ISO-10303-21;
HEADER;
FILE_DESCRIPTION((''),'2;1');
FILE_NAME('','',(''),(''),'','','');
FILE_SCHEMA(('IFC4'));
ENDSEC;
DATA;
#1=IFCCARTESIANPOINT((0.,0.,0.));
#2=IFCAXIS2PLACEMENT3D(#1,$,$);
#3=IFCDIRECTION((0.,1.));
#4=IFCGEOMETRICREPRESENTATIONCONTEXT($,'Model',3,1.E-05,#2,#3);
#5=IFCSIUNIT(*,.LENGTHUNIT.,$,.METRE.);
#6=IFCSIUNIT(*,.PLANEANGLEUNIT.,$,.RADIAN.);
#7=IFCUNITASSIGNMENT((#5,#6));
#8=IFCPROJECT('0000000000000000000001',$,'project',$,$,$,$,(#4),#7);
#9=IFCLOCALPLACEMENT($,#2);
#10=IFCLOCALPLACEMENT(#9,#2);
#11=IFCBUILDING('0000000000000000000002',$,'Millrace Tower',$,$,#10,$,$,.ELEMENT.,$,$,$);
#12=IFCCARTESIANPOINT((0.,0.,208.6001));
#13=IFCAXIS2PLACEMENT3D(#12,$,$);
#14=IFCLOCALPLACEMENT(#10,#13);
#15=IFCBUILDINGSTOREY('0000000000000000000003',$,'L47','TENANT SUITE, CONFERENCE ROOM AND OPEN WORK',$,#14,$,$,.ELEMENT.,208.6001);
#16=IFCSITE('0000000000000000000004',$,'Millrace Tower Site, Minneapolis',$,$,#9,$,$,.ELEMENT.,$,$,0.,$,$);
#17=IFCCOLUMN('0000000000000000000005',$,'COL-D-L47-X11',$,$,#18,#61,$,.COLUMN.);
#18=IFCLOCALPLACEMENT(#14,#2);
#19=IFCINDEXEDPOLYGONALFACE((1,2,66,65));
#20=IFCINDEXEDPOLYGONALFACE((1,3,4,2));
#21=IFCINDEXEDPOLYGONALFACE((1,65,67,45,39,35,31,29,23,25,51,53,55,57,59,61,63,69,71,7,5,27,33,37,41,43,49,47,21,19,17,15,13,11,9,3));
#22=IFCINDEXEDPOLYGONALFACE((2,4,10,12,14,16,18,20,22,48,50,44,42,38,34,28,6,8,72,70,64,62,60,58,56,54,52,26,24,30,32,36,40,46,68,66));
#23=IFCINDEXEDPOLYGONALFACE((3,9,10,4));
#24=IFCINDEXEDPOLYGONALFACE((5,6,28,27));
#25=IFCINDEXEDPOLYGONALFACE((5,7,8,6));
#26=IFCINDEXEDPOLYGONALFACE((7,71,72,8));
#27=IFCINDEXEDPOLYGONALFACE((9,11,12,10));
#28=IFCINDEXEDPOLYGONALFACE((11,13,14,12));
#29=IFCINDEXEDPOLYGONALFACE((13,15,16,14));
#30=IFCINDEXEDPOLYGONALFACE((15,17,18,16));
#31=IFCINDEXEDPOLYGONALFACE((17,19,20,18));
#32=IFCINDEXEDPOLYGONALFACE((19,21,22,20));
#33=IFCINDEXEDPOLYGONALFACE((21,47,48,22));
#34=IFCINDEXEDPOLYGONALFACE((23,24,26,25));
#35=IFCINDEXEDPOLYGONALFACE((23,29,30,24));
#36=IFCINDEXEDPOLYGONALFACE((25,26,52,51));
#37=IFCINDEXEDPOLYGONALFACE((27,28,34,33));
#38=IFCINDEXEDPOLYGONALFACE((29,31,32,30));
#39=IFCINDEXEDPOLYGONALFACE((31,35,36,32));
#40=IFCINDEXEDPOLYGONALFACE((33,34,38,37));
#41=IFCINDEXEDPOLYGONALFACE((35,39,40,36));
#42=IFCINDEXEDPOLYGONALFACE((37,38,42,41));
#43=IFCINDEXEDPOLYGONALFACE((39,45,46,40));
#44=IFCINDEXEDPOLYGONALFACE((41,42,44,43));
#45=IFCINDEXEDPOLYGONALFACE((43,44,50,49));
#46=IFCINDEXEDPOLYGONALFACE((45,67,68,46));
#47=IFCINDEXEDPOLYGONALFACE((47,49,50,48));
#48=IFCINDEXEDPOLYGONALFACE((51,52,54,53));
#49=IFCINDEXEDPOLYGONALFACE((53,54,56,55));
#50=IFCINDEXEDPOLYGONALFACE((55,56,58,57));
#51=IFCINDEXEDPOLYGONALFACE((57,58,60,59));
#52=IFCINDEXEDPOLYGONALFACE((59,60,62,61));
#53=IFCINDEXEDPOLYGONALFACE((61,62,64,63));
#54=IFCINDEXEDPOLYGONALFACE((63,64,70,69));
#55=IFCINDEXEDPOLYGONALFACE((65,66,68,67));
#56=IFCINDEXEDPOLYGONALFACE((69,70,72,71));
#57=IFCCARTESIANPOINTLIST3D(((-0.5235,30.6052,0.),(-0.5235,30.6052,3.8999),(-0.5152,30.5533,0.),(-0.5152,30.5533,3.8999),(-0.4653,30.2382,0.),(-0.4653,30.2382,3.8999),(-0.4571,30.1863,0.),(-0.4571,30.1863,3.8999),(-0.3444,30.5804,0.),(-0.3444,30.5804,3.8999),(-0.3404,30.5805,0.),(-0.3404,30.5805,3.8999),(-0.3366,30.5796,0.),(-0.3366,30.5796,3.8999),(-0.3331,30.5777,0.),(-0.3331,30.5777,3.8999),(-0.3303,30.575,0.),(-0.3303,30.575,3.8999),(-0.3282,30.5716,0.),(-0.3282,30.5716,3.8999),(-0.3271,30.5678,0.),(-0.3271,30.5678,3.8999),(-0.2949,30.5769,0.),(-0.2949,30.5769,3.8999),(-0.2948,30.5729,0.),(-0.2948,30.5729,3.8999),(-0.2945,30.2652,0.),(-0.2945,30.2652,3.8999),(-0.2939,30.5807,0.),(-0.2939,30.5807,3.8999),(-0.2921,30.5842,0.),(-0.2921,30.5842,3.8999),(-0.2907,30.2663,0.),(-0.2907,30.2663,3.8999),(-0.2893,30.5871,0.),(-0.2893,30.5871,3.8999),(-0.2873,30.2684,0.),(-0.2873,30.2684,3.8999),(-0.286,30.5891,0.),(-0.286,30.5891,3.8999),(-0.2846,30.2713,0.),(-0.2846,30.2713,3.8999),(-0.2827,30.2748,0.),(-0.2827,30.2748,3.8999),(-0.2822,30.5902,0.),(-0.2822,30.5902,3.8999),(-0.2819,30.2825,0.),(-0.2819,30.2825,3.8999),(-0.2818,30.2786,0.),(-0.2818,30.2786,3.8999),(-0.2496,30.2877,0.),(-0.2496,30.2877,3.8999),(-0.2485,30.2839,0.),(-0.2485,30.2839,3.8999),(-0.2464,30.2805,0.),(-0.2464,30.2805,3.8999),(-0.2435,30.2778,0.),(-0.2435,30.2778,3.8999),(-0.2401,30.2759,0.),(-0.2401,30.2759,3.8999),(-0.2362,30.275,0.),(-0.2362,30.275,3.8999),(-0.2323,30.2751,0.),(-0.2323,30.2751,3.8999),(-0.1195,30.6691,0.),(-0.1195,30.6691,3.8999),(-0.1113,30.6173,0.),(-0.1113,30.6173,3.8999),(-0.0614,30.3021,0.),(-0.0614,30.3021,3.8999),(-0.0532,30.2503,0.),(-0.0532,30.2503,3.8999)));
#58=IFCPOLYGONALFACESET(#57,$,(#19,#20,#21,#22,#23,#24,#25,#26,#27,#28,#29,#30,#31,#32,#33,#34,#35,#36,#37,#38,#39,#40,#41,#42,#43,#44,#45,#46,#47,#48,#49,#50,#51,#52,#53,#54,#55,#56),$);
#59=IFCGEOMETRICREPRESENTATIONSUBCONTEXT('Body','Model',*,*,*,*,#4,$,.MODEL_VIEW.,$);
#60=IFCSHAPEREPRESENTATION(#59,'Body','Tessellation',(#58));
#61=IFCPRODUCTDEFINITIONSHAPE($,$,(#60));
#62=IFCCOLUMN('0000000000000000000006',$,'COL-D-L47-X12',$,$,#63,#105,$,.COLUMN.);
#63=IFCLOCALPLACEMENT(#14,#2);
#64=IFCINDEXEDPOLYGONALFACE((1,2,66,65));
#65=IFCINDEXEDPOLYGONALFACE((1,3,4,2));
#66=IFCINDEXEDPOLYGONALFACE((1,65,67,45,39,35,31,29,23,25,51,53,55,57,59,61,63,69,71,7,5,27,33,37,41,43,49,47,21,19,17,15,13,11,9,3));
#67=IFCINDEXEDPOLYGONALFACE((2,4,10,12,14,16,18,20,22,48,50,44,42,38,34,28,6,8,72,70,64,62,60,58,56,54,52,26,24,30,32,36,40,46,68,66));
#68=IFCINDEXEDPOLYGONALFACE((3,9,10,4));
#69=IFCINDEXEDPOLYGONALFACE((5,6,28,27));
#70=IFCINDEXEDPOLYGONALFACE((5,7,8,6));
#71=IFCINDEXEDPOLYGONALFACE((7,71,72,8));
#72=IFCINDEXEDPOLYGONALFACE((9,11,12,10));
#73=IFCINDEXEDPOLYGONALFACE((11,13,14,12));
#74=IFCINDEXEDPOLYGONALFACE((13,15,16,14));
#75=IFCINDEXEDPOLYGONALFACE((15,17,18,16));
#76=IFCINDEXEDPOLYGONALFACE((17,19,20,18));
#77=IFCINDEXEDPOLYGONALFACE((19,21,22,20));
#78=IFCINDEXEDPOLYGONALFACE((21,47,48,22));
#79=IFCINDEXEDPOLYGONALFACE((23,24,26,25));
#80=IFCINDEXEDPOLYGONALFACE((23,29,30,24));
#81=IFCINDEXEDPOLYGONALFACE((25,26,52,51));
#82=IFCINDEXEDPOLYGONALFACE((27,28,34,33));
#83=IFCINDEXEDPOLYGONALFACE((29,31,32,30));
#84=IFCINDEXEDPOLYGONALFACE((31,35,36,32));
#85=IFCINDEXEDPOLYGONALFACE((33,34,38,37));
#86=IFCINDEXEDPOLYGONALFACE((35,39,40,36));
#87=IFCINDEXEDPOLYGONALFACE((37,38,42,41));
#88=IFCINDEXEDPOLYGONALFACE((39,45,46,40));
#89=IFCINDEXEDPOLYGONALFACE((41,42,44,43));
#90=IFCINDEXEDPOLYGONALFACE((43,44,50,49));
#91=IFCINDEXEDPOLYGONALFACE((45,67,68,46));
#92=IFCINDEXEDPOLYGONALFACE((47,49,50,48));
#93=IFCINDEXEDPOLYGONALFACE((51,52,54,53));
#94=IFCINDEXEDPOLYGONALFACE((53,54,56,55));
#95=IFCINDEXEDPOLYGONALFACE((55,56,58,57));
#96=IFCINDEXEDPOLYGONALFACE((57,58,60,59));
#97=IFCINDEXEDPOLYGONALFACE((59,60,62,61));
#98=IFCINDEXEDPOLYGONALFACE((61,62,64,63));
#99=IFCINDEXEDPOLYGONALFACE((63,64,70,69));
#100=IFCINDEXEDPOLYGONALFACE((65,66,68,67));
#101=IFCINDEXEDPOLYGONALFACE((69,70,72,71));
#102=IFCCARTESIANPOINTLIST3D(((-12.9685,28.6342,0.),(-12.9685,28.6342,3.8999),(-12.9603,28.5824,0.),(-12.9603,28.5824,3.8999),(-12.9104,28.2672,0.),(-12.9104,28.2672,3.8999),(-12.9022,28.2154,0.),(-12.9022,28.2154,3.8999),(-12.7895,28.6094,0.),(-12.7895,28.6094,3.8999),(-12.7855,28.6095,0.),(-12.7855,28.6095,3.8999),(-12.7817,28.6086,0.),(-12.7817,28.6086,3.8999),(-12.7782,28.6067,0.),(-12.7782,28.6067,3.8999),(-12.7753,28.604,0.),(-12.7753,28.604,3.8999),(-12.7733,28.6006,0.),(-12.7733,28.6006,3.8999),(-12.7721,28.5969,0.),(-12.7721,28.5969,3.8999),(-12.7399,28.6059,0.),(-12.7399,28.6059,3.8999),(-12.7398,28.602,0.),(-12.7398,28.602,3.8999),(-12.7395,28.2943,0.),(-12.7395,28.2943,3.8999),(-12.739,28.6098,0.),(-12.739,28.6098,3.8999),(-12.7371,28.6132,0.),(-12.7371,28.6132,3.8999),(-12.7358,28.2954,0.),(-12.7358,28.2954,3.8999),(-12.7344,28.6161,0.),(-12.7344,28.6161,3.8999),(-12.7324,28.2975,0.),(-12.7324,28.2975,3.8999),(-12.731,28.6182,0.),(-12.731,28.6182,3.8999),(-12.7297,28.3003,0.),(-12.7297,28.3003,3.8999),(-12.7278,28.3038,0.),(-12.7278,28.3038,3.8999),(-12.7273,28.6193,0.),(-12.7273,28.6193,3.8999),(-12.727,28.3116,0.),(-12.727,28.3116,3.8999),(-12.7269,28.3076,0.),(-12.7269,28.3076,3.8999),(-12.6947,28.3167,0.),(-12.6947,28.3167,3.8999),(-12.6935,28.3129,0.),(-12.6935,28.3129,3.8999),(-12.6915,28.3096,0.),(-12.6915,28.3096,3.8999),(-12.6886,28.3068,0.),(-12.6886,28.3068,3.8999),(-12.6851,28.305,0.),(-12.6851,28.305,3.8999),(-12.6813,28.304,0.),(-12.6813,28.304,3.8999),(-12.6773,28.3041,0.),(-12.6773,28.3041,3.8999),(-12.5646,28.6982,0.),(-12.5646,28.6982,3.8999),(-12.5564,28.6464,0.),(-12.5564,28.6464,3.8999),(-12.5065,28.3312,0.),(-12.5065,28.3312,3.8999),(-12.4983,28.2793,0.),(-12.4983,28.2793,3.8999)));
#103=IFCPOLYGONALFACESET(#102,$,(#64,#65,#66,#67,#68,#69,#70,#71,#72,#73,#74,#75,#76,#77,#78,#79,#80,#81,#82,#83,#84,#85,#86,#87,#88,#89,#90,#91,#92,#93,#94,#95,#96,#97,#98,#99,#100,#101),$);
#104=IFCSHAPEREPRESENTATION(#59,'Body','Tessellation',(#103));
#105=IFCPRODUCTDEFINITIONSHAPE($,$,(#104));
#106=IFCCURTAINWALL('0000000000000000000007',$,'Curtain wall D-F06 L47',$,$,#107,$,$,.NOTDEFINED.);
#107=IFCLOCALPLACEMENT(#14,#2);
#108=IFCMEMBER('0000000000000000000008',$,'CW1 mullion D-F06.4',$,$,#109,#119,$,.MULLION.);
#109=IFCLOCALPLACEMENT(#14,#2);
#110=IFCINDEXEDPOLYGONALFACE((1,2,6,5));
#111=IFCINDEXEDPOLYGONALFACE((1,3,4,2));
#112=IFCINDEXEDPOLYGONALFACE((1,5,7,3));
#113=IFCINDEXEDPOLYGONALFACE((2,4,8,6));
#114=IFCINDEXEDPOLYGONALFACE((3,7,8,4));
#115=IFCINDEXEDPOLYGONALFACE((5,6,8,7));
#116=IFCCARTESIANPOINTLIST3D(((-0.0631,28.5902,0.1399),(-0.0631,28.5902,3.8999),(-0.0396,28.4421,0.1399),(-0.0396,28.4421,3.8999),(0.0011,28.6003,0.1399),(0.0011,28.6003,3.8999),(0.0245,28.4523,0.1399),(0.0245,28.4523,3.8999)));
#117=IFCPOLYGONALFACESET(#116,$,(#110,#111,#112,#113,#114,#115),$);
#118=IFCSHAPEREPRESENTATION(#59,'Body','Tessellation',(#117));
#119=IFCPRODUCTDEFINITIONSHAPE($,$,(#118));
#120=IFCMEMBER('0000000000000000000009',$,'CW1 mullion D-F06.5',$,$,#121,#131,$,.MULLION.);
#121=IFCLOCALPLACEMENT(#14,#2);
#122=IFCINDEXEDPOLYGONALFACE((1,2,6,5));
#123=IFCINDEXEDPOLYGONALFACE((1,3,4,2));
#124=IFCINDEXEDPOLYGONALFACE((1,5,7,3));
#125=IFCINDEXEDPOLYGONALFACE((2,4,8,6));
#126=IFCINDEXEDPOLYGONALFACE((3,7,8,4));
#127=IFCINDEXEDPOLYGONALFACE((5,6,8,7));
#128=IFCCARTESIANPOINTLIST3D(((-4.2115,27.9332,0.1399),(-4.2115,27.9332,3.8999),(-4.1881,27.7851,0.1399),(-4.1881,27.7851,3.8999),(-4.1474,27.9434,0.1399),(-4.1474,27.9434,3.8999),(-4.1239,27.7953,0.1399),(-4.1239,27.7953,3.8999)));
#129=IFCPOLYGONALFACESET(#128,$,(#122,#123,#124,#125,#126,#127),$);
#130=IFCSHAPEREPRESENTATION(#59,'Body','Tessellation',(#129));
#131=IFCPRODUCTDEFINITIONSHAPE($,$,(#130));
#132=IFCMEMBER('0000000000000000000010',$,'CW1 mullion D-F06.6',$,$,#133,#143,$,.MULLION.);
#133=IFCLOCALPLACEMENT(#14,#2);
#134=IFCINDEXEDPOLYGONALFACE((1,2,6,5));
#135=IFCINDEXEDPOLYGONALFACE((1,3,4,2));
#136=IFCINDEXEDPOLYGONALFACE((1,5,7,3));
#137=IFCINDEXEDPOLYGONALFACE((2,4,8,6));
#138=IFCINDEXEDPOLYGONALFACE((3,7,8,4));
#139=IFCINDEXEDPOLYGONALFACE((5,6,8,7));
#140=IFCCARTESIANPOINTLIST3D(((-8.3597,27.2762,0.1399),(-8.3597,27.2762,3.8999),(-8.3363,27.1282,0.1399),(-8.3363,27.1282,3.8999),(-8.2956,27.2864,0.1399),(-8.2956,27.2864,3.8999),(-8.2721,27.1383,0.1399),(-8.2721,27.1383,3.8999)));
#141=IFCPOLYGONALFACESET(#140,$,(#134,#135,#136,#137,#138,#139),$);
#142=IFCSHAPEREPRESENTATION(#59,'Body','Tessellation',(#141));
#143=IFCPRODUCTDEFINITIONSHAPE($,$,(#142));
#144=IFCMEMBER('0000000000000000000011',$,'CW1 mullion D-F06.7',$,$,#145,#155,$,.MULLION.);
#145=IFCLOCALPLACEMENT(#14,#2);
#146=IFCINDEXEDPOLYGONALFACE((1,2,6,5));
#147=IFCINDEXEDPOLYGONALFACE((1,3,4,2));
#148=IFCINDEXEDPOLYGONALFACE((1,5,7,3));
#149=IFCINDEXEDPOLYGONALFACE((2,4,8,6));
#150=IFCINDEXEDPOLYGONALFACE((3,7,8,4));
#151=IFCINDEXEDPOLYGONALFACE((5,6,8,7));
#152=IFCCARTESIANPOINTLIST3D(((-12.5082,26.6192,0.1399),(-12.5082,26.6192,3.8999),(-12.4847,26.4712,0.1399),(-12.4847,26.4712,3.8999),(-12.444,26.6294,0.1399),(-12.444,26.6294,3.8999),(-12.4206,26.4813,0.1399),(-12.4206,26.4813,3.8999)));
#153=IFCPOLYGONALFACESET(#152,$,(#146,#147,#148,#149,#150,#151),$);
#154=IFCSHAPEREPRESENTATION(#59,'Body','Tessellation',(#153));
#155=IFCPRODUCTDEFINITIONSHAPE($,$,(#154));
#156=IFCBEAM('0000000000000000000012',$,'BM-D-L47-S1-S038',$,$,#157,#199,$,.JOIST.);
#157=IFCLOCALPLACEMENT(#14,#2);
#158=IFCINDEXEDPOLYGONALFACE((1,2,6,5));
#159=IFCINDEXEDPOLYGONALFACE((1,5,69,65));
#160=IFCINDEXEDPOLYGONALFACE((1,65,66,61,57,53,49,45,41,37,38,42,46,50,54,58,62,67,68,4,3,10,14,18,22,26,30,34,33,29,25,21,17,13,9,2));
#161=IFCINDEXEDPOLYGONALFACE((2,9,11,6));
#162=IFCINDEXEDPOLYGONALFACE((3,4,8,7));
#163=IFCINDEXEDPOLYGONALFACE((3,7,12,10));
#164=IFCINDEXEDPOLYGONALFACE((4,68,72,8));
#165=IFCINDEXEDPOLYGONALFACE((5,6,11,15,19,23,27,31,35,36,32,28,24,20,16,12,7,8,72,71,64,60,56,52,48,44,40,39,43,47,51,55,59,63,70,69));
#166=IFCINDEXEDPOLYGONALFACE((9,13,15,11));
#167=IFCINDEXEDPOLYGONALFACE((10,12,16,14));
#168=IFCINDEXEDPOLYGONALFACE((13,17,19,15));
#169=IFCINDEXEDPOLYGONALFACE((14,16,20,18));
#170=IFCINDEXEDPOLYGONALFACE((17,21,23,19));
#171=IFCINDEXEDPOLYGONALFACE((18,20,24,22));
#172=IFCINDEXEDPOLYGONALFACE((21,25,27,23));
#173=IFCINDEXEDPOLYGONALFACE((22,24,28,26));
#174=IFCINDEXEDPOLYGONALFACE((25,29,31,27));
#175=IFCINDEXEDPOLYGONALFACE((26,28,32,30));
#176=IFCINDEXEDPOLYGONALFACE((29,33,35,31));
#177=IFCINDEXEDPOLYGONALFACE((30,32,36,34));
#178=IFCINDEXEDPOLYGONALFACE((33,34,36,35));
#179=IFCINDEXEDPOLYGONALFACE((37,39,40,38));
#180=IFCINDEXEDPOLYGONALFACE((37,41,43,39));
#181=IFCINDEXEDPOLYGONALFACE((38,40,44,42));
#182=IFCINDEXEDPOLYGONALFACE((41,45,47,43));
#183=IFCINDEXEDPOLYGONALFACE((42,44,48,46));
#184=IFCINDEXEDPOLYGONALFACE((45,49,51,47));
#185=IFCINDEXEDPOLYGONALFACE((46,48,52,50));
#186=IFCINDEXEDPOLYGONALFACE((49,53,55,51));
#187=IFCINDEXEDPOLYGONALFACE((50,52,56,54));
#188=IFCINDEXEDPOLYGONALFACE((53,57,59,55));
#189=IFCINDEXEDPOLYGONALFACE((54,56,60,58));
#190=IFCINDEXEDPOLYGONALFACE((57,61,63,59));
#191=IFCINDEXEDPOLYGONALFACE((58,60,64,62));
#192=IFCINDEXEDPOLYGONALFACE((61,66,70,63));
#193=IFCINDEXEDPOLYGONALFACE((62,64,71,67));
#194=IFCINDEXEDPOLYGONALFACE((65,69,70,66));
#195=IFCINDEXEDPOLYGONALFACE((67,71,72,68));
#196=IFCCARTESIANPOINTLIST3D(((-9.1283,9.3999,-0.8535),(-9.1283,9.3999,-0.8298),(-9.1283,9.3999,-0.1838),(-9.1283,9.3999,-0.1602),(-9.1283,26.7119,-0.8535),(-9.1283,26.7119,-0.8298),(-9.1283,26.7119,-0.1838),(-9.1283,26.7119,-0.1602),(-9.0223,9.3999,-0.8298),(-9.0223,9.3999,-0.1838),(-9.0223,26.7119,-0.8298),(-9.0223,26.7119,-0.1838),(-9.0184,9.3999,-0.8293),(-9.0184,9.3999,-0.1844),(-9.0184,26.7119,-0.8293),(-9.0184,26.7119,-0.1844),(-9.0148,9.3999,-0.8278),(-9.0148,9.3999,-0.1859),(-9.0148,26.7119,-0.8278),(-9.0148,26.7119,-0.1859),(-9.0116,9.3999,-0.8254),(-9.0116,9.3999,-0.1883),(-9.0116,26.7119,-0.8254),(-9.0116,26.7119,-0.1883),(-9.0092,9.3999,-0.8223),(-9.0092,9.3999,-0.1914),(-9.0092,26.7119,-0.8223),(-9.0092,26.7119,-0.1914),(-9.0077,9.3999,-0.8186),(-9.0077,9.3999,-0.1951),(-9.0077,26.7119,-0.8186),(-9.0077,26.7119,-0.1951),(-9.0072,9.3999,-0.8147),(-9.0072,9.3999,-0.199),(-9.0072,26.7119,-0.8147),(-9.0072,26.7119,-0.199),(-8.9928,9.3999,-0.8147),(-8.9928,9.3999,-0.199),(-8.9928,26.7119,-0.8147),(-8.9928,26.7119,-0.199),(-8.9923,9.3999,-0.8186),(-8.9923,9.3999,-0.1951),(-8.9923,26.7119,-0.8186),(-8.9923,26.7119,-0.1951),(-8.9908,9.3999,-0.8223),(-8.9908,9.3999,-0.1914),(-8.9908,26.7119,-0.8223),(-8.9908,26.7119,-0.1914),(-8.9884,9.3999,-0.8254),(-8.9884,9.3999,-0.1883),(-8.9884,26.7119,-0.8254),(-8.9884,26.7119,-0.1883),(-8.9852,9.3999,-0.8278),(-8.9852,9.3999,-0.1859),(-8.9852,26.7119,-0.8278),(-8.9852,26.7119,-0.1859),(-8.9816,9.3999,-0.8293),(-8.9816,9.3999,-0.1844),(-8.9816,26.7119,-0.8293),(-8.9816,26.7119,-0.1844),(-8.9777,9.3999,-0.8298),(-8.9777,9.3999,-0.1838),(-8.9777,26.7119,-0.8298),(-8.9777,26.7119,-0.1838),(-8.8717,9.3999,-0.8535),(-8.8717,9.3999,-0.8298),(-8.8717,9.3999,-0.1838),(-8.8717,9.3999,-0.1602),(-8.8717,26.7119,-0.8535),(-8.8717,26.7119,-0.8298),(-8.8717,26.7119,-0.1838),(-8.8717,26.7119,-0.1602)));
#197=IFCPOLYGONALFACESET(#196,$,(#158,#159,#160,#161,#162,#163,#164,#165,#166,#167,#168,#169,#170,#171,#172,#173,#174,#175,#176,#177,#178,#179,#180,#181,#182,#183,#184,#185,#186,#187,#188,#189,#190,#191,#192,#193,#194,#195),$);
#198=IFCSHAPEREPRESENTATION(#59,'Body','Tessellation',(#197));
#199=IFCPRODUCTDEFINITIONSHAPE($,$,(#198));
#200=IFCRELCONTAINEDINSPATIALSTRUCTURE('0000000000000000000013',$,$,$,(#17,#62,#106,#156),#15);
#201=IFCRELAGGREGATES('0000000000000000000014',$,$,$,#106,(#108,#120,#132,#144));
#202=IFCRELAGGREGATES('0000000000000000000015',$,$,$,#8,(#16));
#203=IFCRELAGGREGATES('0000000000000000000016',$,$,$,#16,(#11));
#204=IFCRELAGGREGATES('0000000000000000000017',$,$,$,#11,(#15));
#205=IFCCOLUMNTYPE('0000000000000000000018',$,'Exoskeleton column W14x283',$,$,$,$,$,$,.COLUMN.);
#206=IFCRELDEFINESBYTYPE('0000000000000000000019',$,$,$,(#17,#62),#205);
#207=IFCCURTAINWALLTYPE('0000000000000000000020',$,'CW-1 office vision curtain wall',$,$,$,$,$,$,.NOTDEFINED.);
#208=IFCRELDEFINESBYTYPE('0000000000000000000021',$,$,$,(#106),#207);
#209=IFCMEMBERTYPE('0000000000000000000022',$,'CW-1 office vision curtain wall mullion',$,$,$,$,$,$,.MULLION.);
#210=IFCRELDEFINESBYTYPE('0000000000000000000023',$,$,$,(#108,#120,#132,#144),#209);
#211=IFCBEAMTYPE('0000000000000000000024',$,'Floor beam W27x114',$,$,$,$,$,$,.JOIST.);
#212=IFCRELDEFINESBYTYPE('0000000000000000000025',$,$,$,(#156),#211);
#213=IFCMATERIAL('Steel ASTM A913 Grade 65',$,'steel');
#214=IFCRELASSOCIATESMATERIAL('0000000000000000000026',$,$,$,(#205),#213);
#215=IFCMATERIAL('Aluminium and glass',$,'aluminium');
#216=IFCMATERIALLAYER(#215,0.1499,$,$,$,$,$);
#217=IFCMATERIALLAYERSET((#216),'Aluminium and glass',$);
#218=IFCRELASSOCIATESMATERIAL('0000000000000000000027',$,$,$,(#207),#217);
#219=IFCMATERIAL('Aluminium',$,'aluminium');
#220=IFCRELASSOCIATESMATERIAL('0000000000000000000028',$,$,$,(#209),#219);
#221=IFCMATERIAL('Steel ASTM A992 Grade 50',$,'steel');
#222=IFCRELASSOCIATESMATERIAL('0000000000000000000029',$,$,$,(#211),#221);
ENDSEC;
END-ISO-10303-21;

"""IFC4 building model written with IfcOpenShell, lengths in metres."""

from ifc_helpers import new_model, si_unit, direction, frame, origin, origin_2d, place, context, subcontext, project, spatial, rectangle, i_section, extrude, material, layer, layer_set, material_profile, profile_set, type_object, element, aggregate, save


model = new_model("IFC4")

# Units and contexts
model_context = context("Model", 3, precision=1e-05, world=origin(), true_north=direction((0.0, 1.0)))
body_context = subcontext(model_context, "Body", "Model", "MODEL_VIEW")
ifc_project = project(units=[si_unit("LENGTHUNIT", "METRE"), si_unit("PLANEANGLEUNIT", "RADIAN")], contexts=[model_context])

# Site, building, storey
site_placement = place(None, origin())
site = spatial("IfcSite", under=ifc_project, at=site_placement, Name="Millrace Tower Site, Minneapolis", CompositionType="ELEMENT", RefElevation=0.0)
building_placement = place(site_placement, origin())
building = spatial("IfcBuilding", under=site, at=building_placement, Name="Millrace Tower", CompositionType="ELEMENT")
storey_placement = place(building_placement, frame((0.0, 0.0, 208.6001)))
storey = spatial("IfcBuildingStorey", under=building, at=storey_placement, Name="L47", Description="TENANT SUITE, CONFERENCE ROOM AND OPEN WORK", CompositionType="ELEMENT", Elevation=208.6001)

# Columns
ifc_material_1 = material(Name="Steel ASTM A913 Grade 65", Category="steel")
ifc_material_profile_1 = material_profile(ifc_material_1, i_section(OverallWidth=0.4089, OverallDepth=0.4241, WebThickness=0.0327, FlangeThickness=0.0525, FilletRadius=0.0151, at=origin_2d()))
ifc_profile_set_1 = profile_set([ifc_material_profile_1], Name="Steel ASTM A913 Grade 65")
column_type = type_object("IfcColumnType", Name="Exoskeleton column W14x283", PredefinedType="COLUMN", material=ifc_profile_set_1)
for number, where, z_axis, x_axis, name in (
    (1, (-0.2883, 30.4277, 0.0), (0.0, 0.0, 1.0), (-0.987688, -0.156434, 0.0), "COL-D-L47-X11"),
    (2, (-12.7334, 28.4568, 0.0), (0.0, 0.0, 1.0), (-0.987688, -0.156434, 0.0), "COL-D-L47-X12"),
):
    element("IfcColumn", number, at=place(storey_placement, frame(where, z_axis=z_axis, x_axis=x_axis)), inside=storey, type_object=column_type, Name=name, PredefinedType="COLUMN", context=body_context, shape_type="SweptSolid", body=[
        extrude(i_section(OverallWidth=0.4089, OverallDepth=0.4241, WebThickness=0.0327, FlangeThickness=0.0525, FilletRadius=0.0151, at=origin_2d()), origin(), (0.0, 0.0, 1.0), 3.8999),
    ])

# Curtain wall, members
ifc_material_2 = material(Name="Aluminium and glass", Category="aluminium")
ifc_layer_1 = layer(ifc_material_2, 0.1499)
ifc_layer_set_1 = layer_set([ifc_layer_1], Name="Aluminium and glass")
curtain_wall_type = type_object("IfcCurtainWallType", Name="CW-1 office vision curtain wall", PredefinedType="NOTDEFINED", material=ifc_layer_set_1)
curtain_wall_placement = place(storey_placement, origin())
curtain_wall = element("IfcCurtainWall", 3, at=curtain_wall_placement, inside=storey, type_object=curtain_wall_type, Name="Curtain wall D-F06 L47", PredefinedType="NOTDEFINED")
ifc_material_3 = material(Name="Aluminium", Category="aluminium")
ifc_material_profile_2 = material_profile(ifc_material_3, rectangle(XDim=0.0649, YDim=0.1499, at=origin_2d()))
ifc_profile_set_2 = profile_set([ifc_material_profile_2], Name="Aluminium")
member_type = type_object("IfcMemberType", Name="CW-1 office vision curtain wall mullion", PredefinedType="MULLION", material=ifc_profile_set_2)
member_1_placement = place(storey_placement, frame((-0.0193, 28.5212, 0.1399), z_axis=(0.0, 0.0, 1.0), x_axis=(-0.987688, -0.156434, 0.0)))
member_1 = element("IfcMember", 4, at=member_1_placement, type_object=member_type, Name="CW1 mullion D-F06.4", PredefinedType="MULLION", context=body_context, shape_type="SweptSolid", body=[
    extrude(rectangle(XDim=0.0649, YDim=0.1499, at=origin_2d()), origin(), (0.0, 0.0, 1.0), 3.76),
])
member_2_placement = place(storey_placement, frame((-4.1677, 27.8643, 0.1399), z_axis=(0.0, 0.0, 1.0), x_axis=(-0.987688, -0.156434, 0.0)))
member_2 = element("IfcMember", 5, at=member_2_placement, type_object=member_type, Name="CW1 mullion D-F06.5", PredefinedType="MULLION", context=body_context, shape_type="SweptSolid", body=[
    extrude(rectangle(XDim=0.0649, YDim=0.1499, at=origin_2d()), origin(), (0.0, 0.0, 1.0), 3.76),
])
member_3_placement = place(storey_placement, frame((-8.3159, 27.2073, 0.1399), z_axis=(0.0, 0.0, 1.0), x_axis=(-0.987688, -0.156434, 0.0)))
member_3 = element("IfcMember", 6, at=member_3_placement, type_object=member_type, Name="CW1 mullion D-F06.6", PredefinedType="MULLION", context=body_context, shape_type="SweptSolid", body=[
    extrude(rectangle(XDim=0.0649, YDim=0.1499, at=origin_2d()), origin(), (0.0, 0.0, 1.0), 3.76),
])
member_4_placement = place(storey_placement, frame((-12.4644, 26.5503, 0.1399), z_axis=(0.0, 0.0, 1.0), x_axis=(-0.987688, -0.156434, 0.0)))
member_4 = element("IfcMember", 7, at=member_4_placement, type_object=member_type, Name="CW1 mullion D-F06.7", PredefinedType="MULLION", context=body_context, shape_type="SweptSolid", body=[
    extrude(rectangle(XDim=0.0649, YDim=0.1499, at=origin_2d()), origin(), (0.0, 0.0, 1.0), 3.76),
])
aggregate(curtain_wall, [member_1, member_2, member_3, member_4])

# Beam
ifc_material_4 = material(Name="Steel ASTM A992 Grade 50", Category="steel")
ifc_material_profile_3 = material_profile(ifc_material_4, i_section(OverallWidth=0.2566, OverallDepth=0.6934, WebThickness=0.0144, FlangeThickness=0.0237, FilletRadius=0.0151, at=origin_2d()))
ifc_profile_set_3 = profile_set([ifc_material_profile_3], Name="Steel ASTM A992 Grade 50")
beam_type_1 = type_object("IfcBeamType", Name="Floor beam W27x114", PredefinedType="JOIST", material=ifc_profile_set_3)
beam_1_placement = place(storey_placement, frame((-9.0, 9.3999, -0.5068), z_axis=(0.0, 1.0, 0.0), x_axis=(-1.0, 0.0, 0.0)))
element("IfcBeam", 8, at=beam_1_placement, inside=storey, type_object=beam_type_1, Name="BM-D-L47-S1-S038", PredefinedType="JOIST", context=body_context, shape_type="SweptSolid", body=[
    extrude(i_section(OverallWidth=0.2566, OverallDepth=0.6934, WebThickness=0.0144, FlangeThickness=0.0237, FilletRadius=0.0151, at=origin_2d()), origin(), (0.0, 0.0, 1.0), 17.312),
])

save(model, "model.ifc")
